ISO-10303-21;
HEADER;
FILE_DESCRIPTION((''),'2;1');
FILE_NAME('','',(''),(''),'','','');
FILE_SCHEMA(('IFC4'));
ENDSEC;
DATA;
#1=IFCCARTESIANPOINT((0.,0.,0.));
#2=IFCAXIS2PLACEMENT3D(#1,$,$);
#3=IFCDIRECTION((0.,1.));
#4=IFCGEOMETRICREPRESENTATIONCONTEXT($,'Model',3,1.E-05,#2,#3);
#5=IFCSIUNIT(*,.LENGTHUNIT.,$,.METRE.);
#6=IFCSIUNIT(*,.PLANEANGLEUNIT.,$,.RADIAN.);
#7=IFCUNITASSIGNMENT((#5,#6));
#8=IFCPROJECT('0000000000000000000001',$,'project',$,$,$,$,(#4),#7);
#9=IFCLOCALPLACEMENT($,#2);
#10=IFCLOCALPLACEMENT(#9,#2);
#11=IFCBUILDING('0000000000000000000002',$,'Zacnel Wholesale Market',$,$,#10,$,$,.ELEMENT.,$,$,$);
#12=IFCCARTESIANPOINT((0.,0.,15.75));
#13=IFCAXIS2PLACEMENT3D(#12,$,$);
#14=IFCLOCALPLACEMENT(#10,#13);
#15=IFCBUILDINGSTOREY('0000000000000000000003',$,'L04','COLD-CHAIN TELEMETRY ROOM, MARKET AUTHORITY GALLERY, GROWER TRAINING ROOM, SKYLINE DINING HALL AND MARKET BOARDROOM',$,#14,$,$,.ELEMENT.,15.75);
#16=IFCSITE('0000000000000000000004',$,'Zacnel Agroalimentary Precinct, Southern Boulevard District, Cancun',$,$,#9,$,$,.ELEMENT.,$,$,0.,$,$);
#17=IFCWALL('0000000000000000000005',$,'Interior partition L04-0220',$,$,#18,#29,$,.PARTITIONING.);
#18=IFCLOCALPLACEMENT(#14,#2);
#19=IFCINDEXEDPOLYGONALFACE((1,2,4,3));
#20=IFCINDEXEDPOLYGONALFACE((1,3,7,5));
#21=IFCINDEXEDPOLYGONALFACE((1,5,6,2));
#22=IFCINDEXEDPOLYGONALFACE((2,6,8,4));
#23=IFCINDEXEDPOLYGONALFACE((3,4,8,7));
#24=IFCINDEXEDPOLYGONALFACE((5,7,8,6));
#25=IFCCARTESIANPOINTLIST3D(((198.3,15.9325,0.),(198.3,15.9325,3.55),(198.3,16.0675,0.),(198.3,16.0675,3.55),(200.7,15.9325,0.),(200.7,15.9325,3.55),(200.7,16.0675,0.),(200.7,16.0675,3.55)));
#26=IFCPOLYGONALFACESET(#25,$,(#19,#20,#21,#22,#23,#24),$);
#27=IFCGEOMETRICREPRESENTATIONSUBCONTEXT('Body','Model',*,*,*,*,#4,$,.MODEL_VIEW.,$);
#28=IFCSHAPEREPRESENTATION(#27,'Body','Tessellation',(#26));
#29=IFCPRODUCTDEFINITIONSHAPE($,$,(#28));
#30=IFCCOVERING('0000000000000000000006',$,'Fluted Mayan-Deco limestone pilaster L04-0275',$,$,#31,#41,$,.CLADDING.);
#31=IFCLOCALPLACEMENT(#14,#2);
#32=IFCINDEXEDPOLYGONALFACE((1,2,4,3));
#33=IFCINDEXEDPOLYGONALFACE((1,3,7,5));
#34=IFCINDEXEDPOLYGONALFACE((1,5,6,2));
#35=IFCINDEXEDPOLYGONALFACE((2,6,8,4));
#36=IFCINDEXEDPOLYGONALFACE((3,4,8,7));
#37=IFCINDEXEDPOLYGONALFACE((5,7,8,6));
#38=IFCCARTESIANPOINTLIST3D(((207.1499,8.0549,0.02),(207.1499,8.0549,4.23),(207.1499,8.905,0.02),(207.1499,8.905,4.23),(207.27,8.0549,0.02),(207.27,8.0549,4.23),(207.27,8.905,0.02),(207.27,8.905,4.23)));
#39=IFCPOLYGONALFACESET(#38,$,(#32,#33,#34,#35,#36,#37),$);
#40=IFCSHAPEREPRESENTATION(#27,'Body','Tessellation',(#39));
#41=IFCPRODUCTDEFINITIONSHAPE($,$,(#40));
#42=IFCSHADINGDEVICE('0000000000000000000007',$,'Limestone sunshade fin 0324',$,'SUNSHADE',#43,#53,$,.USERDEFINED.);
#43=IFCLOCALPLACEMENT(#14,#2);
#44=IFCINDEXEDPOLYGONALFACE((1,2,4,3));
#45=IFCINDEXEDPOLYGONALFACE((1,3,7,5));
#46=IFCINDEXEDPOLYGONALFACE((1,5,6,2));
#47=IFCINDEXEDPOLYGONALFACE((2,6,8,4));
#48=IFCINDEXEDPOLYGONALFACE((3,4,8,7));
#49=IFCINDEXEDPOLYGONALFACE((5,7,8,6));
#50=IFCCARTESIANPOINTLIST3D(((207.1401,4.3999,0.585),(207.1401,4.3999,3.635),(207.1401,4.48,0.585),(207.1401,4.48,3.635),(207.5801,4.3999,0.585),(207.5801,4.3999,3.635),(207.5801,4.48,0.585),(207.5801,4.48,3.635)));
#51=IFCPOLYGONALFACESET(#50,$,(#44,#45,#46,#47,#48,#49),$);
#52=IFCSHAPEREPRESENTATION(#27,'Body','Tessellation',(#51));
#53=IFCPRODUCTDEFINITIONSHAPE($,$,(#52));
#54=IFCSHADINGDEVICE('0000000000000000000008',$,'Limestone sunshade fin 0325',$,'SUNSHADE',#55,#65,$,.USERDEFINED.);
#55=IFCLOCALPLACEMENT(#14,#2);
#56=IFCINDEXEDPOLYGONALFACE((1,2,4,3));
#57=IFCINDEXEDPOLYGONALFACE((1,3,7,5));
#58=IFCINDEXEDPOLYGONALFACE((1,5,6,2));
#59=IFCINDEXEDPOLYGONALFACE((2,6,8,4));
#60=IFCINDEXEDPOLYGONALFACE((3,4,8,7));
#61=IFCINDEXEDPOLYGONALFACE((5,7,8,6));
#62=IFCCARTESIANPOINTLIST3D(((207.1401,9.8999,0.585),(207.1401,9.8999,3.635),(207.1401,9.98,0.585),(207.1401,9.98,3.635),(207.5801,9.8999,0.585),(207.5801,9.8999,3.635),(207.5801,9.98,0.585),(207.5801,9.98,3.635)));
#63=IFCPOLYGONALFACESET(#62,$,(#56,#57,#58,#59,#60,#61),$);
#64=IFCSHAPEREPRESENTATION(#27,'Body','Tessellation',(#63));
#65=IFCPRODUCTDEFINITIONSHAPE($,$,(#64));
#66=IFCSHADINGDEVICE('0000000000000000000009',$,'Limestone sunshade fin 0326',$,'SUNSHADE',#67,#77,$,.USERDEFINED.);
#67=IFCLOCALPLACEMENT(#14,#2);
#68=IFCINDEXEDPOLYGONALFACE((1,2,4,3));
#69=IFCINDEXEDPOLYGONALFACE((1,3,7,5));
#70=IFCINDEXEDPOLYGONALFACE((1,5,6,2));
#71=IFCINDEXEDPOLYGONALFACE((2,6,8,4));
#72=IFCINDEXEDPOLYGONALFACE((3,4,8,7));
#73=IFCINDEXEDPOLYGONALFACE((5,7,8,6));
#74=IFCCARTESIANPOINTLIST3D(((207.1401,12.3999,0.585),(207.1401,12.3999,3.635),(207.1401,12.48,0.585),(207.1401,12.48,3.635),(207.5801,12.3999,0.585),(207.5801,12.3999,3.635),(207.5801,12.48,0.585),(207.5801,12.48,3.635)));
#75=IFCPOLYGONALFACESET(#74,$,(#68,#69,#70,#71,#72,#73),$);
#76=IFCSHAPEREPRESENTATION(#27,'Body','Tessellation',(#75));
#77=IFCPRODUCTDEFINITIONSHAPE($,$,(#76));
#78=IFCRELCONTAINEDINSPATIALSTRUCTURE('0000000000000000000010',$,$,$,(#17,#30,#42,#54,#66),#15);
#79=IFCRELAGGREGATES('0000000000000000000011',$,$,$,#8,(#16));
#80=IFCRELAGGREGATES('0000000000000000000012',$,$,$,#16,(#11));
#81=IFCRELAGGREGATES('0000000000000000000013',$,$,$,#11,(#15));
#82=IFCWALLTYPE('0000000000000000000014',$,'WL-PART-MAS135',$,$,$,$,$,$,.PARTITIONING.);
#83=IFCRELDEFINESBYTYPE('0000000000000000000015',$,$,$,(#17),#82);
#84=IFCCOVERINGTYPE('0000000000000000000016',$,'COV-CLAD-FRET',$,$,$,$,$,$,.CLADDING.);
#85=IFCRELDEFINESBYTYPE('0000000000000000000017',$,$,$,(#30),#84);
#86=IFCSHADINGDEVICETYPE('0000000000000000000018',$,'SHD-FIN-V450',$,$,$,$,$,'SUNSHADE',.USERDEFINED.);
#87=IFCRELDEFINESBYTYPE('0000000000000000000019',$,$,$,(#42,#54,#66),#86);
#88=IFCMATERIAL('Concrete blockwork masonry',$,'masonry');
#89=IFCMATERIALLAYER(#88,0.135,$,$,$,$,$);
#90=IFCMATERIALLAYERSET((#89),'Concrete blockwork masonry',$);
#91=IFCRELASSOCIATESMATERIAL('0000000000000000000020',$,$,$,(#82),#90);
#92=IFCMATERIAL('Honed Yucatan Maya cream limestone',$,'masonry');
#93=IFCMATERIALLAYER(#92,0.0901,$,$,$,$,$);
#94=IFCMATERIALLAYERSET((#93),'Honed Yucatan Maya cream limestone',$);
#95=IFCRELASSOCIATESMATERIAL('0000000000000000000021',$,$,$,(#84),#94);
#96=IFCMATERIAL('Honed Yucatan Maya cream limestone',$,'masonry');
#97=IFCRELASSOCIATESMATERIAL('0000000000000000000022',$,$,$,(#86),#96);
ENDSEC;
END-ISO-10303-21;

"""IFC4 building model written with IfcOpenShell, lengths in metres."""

from ifc_helpers import new_model, si_unit, direction, frame, frame_2d, origin, origin_2d, place, context, subcontext, project, spatial, rectangle, extrude, material, layer, layer_set, type_object, element, save


model = new_model("IFC4")

# Units and contexts
model_context = context("Model", 3, precision=1e-05, world=origin(), true_north=direction((0.0, 1.0)))
body_context = subcontext(model_context, "Body", "Model", "MODEL_VIEW")
ifc_project = project(units=[si_unit("LENGTHUNIT", "METRE"), si_unit("PLANEANGLEUNIT", "RADIAN")], contexts=[model_context])

# Site, building, storey
site_placement = place(None, origin())
site = spatial("IfcSite", under=ifc_project, at=site_placement, Name="Zacnel Agroalimentary Precinct, Southern Boulevard District, Cancun", CompositionType="ELEMENT", RefElevation=0.0)
building_placement = place(site_placement, origin())
building = spatial("IfcBuilding", under=site, at=building_placement, Name="Zacnel Wholesale Market", CompositionType="ELEMENT")
storey_placement = place(building_placement, frame((0.0, 0.0, 15.75)))
storey = spatial("IfcBuildingStorey", under=building, at=storey_placement, Name="L04", Description="COLD-CHAIN TELEMETRY ROOM, MARKET AUTHORITY GALLERY, GROWER TRAINING ROOM, SKYLINE DINING HALL AND MARKET BOARDROOM", CompositionType="ELEMENT", Elevation=15.75)

# Wall
ifc_material_1 = material(Name="Concrete blockwork masonry", Category="masonry")
ifc_layer_1 = layer(ifc_material_1, 0.135)
ifc_layer_set_1 = layer_set([ifc_layer_1], Name="Concrete blockwork masonry")
wall_type_1 = type_object("IfcWallType", Name="WL-PART-MAS135", PredefinedType="PARTITIONING", material=ifc_layer_set_1)
wall_1_placement = place(storey_placement, frame((198.3, 16.0, 0.0), z_axis=(0.0, 0.0, 1.0), x_axis=(1.0, 0.0, 0.0)))
element("IfcWall", 1, at=wall_1_placement, inside=storey, type_object=wall_type_1, Name="Interior partition L04-0220", PredefinedType="PARTITIONING", context=body_context, shape_type="SweptSolid", body=[
    extrude(rectangle(XDim=2.3999, YDim=0.135, at=frame_2d((1.2, 0.0))), origin(), (0.0, 0.0, 1.0), 3.55),
])

# Covering
ifc_material_2 = material(Name="Honed Yucatan Maya cream limestone", Category="masonry")
ifc_layer_2 = layer(ifc_material_2, 0.0901)
ifc_layer_set_2 = layer_set([ifc_layer_2], Name="Honed Yucatan Maya cream limestone")
covering_type = type_object("IfcCoveringType", Name="COV-CLAD-FRET", PredefinedType="CLADDING", material=ifc_layer_set_2)
covering_placement = place(storey_placement, frame((207.21, 8.48, 0.02), z_axis=(0.0, 0.0, 1.0), x_axis=(0.0, 1.0, 0.0)))
element("IfcCovering", 2, at=covering_placement, inside=storey, type_object=covering_type, Name="Fluted Mayan-Deco limestone pilaster L04-0275", PredefinedType="CLADDING", context=body_context, shape_type="SweptSolid", body=[
    extrude(rectangle(XDim=0.8501, YDim=0.1201, at=origin_2d()), origin(), (0.0, 0.0, 1.0), 4.21),
])

# Shading devices
ifc_material_3 = material(Name="Honed Yucatan Maya cream limestone", Category="masonry")
shading_device_type = type_object("IfcShadingDeviceType", Name="SHD-FIN-V450", ElementType="SUNSHADE", PredefinedType="USERDEFINED", material=ifc_material_3)
for number, where, z_axis, x_axis, name in (
    (3, (207.3601, 4.4399, 0.585), (0.0, 0.0, 1.0), (0.0, 1.0, 0.0), "Limestone sunshade fin 0324"),
    (4, (207.3601, 9.9399, 0.585), (0.0, 0.0, 1.0), (0.0, 1.0, 0.0), "Limestone sunshade fin 0325"),
    (5, (207.3601, 12.4399, 0.585), (0.0, 0.0, 1.0), (0.0, 1.0, 0.0), "Limestone sunshade fin 0326"),
):
    element("IfcShadingDevice", number, at=place(storey_placement, frame(where, z_axis=z_axis, x_axis=x_axis)), inside=storey, type_object=shading_device_type, Name=name, ObjectType="SUNSHADE", PredefinedType="USERDEFINED", context=body_context, shape_type="SweptSolid", body=[
        extrude(rectangle(XDim=0.0801, YDim=0.4399, at=origin_2d()), origin(), (0.0, 0.0, 1.0), 3.05),
    ])

save(model, "model.ifc")
